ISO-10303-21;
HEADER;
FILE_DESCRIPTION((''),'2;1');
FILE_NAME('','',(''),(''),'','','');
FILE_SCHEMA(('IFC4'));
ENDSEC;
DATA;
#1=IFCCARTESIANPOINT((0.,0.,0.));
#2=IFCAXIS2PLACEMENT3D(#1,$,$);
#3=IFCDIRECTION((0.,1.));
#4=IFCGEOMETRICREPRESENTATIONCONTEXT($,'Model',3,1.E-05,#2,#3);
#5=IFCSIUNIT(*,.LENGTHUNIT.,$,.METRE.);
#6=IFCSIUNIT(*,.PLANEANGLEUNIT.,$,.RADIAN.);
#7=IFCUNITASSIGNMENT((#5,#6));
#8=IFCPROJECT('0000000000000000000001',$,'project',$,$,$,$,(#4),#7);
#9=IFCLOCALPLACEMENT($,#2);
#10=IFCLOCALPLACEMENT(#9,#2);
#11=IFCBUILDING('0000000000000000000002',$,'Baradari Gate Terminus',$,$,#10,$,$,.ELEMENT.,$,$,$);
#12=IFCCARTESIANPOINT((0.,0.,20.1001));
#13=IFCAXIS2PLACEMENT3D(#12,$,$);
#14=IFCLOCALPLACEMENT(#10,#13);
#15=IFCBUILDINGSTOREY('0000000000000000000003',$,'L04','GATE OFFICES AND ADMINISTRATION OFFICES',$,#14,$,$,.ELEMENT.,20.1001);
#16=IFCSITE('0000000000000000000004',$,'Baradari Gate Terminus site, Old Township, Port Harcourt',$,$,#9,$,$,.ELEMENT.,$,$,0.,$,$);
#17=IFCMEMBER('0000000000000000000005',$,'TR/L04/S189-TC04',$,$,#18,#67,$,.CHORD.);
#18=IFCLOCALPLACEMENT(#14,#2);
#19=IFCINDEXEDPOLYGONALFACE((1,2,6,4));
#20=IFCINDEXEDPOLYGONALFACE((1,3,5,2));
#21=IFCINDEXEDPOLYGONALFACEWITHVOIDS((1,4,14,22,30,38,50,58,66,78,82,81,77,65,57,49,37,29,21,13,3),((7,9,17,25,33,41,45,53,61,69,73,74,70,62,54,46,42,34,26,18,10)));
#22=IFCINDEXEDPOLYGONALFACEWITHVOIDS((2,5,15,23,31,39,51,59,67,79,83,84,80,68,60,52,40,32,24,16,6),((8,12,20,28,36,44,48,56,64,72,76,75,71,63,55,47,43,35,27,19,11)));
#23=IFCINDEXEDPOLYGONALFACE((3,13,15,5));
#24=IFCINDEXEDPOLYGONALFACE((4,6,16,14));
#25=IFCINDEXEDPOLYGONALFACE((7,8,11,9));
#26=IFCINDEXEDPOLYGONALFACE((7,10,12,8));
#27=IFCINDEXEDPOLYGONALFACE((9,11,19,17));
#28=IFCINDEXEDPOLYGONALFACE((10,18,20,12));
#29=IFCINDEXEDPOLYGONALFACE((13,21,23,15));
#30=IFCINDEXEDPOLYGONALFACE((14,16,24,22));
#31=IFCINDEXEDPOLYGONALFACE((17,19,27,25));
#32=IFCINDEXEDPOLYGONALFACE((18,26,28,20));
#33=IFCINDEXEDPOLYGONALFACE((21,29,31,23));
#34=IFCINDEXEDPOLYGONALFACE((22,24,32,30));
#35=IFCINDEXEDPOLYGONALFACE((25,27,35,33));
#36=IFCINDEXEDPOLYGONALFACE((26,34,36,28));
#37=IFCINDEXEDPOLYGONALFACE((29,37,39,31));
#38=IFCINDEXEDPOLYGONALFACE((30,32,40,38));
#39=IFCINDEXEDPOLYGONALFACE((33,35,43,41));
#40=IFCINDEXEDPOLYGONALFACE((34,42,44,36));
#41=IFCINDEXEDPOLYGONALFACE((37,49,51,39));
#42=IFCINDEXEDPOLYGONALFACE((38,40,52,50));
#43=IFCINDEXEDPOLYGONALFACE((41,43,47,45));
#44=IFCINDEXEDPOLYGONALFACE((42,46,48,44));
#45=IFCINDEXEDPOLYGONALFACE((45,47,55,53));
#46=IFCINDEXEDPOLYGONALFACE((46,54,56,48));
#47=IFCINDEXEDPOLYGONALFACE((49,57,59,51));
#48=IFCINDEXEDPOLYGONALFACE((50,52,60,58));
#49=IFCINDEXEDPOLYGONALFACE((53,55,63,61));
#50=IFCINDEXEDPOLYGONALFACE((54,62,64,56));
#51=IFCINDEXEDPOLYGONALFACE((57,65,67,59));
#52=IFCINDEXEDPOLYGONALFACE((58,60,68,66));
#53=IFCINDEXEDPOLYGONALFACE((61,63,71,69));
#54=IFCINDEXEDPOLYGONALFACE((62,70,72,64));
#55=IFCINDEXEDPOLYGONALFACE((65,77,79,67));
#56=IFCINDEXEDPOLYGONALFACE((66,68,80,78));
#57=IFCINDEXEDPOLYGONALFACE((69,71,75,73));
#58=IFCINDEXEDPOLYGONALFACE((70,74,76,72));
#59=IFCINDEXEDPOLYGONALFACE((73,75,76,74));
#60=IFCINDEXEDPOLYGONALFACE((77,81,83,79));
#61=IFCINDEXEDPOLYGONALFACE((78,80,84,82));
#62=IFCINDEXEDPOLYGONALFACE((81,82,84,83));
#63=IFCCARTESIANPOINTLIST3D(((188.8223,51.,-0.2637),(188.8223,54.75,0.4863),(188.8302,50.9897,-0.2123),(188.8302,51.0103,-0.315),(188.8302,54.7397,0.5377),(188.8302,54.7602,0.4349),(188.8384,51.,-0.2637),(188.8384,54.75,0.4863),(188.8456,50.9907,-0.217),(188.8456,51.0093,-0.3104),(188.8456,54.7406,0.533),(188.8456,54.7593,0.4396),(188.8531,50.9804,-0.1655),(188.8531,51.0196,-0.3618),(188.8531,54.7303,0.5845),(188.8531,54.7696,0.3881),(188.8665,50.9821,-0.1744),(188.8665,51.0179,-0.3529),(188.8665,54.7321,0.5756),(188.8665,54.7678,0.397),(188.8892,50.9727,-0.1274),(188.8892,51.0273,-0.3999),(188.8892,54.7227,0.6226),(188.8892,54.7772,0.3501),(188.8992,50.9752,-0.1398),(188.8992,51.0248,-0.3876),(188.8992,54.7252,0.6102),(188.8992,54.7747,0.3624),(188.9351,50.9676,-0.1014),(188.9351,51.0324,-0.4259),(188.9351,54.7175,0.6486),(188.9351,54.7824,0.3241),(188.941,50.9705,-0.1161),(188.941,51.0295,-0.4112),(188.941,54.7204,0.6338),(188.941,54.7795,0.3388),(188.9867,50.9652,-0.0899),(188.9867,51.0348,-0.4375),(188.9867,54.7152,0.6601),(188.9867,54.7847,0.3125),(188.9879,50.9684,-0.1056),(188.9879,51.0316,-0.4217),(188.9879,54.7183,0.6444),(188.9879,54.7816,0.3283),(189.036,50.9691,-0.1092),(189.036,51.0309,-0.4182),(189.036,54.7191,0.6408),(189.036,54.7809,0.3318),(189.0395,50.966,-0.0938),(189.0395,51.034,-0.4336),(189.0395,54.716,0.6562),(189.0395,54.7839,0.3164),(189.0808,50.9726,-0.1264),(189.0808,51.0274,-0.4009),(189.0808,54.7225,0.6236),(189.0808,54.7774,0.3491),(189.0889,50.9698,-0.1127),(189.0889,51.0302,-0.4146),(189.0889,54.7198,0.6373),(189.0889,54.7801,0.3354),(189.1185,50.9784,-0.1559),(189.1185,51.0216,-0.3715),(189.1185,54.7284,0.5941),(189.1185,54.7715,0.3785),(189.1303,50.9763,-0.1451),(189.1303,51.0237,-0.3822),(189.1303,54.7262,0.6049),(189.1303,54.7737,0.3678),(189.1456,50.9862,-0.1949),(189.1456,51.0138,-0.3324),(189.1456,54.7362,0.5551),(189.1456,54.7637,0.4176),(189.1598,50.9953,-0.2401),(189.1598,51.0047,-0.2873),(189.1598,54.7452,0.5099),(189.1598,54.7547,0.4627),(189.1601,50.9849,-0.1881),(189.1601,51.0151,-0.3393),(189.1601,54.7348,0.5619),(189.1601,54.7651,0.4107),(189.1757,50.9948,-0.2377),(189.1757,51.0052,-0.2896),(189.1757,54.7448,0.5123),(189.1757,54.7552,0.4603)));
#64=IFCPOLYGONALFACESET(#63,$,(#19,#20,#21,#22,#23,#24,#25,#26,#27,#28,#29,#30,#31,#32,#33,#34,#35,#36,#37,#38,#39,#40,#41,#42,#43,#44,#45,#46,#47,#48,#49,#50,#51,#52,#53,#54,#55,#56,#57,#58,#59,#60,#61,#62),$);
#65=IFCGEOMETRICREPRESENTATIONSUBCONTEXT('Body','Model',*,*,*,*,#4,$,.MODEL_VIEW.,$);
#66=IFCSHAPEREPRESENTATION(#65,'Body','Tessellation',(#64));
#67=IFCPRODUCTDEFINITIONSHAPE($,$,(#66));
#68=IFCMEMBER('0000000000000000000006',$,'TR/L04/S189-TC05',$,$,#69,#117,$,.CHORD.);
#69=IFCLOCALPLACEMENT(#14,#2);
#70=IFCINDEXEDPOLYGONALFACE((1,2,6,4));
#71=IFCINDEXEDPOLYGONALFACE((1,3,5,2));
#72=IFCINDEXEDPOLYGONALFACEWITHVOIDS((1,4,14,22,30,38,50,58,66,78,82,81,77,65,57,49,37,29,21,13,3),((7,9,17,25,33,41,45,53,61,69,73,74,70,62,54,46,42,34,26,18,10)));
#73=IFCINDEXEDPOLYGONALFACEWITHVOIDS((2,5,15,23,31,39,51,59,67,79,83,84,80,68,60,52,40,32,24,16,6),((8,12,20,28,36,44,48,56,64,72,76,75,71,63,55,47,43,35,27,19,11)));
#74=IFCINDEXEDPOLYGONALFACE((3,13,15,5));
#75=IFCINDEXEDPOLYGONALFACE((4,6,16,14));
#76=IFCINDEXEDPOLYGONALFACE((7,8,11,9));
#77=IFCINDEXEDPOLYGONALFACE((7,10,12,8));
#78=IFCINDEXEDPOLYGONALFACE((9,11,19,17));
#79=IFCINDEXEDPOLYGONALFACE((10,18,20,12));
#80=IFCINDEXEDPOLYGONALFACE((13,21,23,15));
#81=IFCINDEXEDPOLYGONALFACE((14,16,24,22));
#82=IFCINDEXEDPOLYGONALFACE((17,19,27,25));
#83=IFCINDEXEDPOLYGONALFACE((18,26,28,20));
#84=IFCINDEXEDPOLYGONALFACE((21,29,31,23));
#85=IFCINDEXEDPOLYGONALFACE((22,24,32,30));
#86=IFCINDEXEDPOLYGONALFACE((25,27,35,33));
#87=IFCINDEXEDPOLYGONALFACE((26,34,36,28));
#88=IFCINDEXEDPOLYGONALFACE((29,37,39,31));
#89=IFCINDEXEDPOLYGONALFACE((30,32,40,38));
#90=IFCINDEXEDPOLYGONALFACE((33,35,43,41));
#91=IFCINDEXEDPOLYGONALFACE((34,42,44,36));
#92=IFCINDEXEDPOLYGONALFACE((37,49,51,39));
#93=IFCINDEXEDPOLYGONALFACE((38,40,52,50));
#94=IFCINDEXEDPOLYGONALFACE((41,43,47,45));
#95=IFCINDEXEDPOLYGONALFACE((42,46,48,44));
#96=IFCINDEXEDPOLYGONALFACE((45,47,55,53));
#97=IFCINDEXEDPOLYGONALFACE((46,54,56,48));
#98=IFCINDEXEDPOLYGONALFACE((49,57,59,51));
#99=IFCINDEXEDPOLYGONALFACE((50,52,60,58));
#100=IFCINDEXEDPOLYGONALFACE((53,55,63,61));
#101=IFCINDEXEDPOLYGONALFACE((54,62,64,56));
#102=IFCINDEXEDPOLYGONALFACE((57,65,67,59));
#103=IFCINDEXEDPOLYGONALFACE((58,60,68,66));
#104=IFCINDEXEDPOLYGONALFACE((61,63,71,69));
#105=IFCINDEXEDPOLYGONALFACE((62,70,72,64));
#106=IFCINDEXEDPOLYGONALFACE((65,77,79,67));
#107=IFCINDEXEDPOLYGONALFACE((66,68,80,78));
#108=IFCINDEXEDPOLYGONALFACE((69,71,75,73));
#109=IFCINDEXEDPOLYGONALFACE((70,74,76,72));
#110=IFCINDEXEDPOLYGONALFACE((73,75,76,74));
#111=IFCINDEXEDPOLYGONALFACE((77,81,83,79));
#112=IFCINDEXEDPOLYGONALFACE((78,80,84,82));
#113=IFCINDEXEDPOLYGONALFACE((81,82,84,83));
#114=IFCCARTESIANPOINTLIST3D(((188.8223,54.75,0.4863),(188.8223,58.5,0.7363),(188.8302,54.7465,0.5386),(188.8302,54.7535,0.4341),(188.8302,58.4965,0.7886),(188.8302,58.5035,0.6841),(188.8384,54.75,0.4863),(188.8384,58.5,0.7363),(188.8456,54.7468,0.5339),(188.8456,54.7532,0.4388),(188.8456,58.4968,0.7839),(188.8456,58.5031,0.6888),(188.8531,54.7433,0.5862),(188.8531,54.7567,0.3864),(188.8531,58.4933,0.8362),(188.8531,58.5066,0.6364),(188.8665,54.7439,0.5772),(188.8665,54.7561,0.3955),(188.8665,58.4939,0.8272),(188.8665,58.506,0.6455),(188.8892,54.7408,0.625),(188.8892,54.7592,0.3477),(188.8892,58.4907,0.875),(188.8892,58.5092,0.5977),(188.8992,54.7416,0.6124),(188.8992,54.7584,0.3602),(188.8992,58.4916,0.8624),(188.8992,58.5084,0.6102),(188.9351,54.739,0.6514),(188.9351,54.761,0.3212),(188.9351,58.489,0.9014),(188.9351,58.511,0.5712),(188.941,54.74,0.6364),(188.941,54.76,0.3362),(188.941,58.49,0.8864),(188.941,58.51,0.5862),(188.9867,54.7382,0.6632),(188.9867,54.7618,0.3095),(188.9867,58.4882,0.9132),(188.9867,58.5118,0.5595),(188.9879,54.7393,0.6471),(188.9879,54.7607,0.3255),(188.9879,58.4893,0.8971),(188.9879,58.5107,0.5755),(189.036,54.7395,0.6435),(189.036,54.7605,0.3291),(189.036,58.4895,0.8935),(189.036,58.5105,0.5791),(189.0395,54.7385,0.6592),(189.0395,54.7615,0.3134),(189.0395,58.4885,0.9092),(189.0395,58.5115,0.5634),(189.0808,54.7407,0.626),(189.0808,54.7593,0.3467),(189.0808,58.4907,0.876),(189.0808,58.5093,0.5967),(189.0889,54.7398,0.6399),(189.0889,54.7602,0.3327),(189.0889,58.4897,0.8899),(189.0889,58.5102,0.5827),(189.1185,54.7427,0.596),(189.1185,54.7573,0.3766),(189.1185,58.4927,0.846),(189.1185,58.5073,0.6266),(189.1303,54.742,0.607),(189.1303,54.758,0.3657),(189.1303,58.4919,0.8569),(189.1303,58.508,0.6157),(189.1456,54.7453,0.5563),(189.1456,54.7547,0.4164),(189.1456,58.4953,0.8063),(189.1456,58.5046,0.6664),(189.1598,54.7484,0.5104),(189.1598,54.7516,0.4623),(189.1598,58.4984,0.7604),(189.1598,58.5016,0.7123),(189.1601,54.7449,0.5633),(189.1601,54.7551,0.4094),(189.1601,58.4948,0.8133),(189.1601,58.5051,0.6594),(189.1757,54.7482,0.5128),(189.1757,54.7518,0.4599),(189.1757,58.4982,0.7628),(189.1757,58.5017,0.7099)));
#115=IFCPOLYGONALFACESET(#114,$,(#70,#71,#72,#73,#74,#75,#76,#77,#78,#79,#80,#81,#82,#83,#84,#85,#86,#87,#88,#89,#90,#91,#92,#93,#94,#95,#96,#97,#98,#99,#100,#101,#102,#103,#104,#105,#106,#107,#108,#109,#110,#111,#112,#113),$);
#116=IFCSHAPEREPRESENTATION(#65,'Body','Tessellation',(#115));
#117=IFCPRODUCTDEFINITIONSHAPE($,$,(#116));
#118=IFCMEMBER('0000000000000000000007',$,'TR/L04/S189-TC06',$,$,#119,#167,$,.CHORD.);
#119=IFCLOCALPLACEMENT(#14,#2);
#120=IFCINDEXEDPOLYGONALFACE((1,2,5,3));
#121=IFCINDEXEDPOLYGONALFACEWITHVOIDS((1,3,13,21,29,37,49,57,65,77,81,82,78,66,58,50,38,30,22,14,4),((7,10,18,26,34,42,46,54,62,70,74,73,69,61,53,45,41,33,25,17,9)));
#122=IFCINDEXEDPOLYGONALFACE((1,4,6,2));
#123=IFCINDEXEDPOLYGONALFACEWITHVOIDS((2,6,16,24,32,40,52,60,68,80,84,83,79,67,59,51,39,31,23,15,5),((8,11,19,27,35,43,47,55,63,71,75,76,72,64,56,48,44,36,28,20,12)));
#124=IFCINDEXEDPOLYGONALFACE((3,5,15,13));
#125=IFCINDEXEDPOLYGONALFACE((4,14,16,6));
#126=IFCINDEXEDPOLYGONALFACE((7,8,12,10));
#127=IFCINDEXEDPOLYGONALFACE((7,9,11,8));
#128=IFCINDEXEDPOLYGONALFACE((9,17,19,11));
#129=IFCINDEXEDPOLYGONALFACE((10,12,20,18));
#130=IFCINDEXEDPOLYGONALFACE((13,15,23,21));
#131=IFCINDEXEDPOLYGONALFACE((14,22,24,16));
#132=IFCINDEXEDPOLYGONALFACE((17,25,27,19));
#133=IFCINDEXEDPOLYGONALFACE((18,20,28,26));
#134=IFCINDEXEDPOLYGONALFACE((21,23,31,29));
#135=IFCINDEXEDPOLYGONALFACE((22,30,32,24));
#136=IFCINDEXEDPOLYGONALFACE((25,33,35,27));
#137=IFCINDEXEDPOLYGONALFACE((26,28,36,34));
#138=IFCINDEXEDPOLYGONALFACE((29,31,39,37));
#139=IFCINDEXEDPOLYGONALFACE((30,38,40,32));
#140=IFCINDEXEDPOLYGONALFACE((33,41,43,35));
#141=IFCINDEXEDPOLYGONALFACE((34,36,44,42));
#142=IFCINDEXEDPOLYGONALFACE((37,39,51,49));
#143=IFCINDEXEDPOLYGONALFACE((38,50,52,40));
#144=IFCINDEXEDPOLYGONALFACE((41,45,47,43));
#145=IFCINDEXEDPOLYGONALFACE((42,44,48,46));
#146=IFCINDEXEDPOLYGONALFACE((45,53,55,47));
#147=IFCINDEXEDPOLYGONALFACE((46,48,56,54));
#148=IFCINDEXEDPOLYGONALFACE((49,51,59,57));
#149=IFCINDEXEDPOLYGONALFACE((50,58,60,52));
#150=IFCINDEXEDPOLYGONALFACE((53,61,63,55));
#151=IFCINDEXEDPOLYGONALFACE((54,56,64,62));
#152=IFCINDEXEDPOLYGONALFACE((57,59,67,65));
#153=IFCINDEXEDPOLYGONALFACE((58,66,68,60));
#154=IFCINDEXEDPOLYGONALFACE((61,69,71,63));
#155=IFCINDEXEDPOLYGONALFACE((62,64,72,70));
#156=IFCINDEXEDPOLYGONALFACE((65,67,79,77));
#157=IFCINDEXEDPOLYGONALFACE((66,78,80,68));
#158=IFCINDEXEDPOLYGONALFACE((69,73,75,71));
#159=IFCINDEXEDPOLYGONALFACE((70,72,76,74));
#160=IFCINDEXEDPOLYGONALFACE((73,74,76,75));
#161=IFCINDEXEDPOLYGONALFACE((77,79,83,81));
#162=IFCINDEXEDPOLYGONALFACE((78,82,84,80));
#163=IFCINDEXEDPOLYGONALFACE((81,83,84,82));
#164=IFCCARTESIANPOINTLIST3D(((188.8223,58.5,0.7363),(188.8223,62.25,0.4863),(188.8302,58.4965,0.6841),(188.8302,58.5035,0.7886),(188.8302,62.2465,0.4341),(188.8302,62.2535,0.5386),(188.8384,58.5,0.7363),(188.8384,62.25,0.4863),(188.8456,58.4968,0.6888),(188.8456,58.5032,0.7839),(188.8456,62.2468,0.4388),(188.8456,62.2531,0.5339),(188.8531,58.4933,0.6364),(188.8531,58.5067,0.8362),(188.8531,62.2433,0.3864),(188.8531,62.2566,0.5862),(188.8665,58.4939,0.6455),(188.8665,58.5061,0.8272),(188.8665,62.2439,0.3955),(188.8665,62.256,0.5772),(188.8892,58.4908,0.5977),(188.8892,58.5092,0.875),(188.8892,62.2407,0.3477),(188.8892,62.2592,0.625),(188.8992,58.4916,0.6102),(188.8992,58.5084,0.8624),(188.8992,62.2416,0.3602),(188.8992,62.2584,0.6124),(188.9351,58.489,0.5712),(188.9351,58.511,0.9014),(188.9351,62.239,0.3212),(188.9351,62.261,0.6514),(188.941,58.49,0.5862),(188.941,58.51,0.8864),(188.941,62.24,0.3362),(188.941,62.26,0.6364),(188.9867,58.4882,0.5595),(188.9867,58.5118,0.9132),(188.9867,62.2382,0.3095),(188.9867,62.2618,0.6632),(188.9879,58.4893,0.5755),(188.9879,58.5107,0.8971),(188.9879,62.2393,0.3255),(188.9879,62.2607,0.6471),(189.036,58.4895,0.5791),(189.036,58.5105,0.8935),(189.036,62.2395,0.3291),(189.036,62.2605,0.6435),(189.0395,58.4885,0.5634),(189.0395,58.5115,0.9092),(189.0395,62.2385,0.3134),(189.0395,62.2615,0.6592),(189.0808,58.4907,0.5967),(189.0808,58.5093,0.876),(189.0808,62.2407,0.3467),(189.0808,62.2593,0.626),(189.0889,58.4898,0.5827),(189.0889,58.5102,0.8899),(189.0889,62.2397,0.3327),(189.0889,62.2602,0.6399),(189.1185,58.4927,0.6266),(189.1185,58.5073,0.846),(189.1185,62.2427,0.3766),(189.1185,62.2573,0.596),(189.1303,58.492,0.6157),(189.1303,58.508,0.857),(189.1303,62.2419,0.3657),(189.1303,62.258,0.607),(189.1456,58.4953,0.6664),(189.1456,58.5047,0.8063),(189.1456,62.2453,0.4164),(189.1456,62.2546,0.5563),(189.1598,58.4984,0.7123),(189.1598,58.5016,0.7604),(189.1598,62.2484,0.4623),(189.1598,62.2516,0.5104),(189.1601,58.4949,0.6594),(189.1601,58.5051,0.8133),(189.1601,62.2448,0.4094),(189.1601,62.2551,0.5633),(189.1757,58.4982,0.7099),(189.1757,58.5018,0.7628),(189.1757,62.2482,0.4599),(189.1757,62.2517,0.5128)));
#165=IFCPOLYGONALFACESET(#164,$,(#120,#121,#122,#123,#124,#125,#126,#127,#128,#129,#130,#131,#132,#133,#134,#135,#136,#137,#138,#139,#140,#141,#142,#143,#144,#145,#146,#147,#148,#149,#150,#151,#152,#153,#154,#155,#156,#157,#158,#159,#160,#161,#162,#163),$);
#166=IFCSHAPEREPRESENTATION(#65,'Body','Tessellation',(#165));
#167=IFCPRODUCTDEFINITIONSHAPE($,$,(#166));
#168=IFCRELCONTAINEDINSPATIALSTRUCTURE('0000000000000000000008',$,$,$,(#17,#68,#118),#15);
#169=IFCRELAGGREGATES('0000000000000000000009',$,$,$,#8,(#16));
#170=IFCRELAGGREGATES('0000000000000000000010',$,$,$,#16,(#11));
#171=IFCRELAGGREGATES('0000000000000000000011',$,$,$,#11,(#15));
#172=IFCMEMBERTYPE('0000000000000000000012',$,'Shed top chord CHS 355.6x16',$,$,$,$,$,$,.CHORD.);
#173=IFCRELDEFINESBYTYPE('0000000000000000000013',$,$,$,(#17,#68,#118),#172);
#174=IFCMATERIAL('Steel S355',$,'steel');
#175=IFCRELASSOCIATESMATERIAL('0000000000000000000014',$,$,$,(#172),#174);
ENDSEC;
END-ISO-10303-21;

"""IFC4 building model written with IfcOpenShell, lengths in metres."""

from ifc_helpers import new_model, si_unit, direction, frame, origin, origin_2d, place, context, subcontext, project, spatial, hollow_circle, extrude, material, material_profile, profile_set, type_object, element, save


model = new_model("IFC4")

# Units and contexts
model_context = context("Model", 3, precision=1e-05, world=origin(), true_north=direction((0.0, 1.0)))
body_context = subcontext(model_context, "Body", "Model", "MODEL_VIEW")
ifc_project = project(units=[si_unit("LENGTHUNIT", "METRE"), si_unit("PLANEANGLEUNIT", "RADIAN")], contexts=[model_context])

# Site, building, storey
site_placement = place(None, origin())
site = spatial("IfcSite", under=ifc_project, at=site_placement, Name="Baradari Gate Terminus site, Old Township, Port Harcourt", CompositionType="ELEMENT", RefElevation=0.0)
building_placement = place(site_placement, origin())
building = spatial("IfcBuilding", under=site, at=building_placement, Name="Baradari Gate Terminus", CompositionType="ELEMENT")
storey_placement = place(building_placement, frame((0.0, 0.0, 20.1001)))
storey = spatial("IfcBuildingStorey", under=building, at=storey_placement, Name="L04", Description="GATE OFFICES AND ADMINISTRATION OFFICES", CompositionType="ELEMENT", Elevation=20.1001)

# Members
ifc_material_1 = material(Name="Steel S355", Category="steel")
ifc_material_profile_1 = material_profile(ifc_material_1, hollow_circle(Radius=0.1777, WallThickness=0.0161, at=origin_2d()), Name="CHS 355.6x16")
ifc_profile_set_1 = profile_set([ifc_material_profile_1], Name="Steel S355")
member_type_1 = type_object("IfcMemberType", Name="Shed top chord CHS 355.6x16", PredefinedType="CHORD", material=ifc_profile_set_1)
member_1_placement = place(storey_placement, frame((189.0, 51.0, -0.2637), z_axis=(0.0, 0.980581, 0.196116), x_axis=(-1.0, 0.0, 0.0)))
element("IfcMember", 1, at=member_1_placement, inside=storey, type_object=member_type_1, Name="TR/L04/S189-TC04", PredefinedType="CHORD", context=body_context, shape_type="SweptSolid", body=[
    extrude(hollow_circle(Radius=0.1777, WallThickness=0.0161, at=origin_2d()), origin(), (0.0, 0.0, 1.0), 3.8242),
])
for number, where, z_axis, x_axis, name in (
    (2, (189.0, 54.75, 0.4863), (0.0, 0.997785, 0.066519), (-1.0, 0.0, 0.0), "TR/L04/S189-TC05"),
    (3, (189.0, 58.5, 0.7363), (0.0, 0.997785, -0.066519), (-1.0, 0.0, 0.0), "TR/L04/S189-TC06"),
):
    element("IfcMember", number, at=place(storey_placement, frame(where, z_axis=z_axis, x_axis=x_axis)), inside=storey, type_object=member_type_1, Name=name, PredefinedType="CHORD", context=body_context, shape_type="SweptSolid", body=[
        extrude(hollow_circle(Radius=0.1777, WallThickness=0.0161, at=origin_2d()), origin(), (0.0, 0.0, 1.0), 3.7583),
    ])

save(model, "model.ifc")
